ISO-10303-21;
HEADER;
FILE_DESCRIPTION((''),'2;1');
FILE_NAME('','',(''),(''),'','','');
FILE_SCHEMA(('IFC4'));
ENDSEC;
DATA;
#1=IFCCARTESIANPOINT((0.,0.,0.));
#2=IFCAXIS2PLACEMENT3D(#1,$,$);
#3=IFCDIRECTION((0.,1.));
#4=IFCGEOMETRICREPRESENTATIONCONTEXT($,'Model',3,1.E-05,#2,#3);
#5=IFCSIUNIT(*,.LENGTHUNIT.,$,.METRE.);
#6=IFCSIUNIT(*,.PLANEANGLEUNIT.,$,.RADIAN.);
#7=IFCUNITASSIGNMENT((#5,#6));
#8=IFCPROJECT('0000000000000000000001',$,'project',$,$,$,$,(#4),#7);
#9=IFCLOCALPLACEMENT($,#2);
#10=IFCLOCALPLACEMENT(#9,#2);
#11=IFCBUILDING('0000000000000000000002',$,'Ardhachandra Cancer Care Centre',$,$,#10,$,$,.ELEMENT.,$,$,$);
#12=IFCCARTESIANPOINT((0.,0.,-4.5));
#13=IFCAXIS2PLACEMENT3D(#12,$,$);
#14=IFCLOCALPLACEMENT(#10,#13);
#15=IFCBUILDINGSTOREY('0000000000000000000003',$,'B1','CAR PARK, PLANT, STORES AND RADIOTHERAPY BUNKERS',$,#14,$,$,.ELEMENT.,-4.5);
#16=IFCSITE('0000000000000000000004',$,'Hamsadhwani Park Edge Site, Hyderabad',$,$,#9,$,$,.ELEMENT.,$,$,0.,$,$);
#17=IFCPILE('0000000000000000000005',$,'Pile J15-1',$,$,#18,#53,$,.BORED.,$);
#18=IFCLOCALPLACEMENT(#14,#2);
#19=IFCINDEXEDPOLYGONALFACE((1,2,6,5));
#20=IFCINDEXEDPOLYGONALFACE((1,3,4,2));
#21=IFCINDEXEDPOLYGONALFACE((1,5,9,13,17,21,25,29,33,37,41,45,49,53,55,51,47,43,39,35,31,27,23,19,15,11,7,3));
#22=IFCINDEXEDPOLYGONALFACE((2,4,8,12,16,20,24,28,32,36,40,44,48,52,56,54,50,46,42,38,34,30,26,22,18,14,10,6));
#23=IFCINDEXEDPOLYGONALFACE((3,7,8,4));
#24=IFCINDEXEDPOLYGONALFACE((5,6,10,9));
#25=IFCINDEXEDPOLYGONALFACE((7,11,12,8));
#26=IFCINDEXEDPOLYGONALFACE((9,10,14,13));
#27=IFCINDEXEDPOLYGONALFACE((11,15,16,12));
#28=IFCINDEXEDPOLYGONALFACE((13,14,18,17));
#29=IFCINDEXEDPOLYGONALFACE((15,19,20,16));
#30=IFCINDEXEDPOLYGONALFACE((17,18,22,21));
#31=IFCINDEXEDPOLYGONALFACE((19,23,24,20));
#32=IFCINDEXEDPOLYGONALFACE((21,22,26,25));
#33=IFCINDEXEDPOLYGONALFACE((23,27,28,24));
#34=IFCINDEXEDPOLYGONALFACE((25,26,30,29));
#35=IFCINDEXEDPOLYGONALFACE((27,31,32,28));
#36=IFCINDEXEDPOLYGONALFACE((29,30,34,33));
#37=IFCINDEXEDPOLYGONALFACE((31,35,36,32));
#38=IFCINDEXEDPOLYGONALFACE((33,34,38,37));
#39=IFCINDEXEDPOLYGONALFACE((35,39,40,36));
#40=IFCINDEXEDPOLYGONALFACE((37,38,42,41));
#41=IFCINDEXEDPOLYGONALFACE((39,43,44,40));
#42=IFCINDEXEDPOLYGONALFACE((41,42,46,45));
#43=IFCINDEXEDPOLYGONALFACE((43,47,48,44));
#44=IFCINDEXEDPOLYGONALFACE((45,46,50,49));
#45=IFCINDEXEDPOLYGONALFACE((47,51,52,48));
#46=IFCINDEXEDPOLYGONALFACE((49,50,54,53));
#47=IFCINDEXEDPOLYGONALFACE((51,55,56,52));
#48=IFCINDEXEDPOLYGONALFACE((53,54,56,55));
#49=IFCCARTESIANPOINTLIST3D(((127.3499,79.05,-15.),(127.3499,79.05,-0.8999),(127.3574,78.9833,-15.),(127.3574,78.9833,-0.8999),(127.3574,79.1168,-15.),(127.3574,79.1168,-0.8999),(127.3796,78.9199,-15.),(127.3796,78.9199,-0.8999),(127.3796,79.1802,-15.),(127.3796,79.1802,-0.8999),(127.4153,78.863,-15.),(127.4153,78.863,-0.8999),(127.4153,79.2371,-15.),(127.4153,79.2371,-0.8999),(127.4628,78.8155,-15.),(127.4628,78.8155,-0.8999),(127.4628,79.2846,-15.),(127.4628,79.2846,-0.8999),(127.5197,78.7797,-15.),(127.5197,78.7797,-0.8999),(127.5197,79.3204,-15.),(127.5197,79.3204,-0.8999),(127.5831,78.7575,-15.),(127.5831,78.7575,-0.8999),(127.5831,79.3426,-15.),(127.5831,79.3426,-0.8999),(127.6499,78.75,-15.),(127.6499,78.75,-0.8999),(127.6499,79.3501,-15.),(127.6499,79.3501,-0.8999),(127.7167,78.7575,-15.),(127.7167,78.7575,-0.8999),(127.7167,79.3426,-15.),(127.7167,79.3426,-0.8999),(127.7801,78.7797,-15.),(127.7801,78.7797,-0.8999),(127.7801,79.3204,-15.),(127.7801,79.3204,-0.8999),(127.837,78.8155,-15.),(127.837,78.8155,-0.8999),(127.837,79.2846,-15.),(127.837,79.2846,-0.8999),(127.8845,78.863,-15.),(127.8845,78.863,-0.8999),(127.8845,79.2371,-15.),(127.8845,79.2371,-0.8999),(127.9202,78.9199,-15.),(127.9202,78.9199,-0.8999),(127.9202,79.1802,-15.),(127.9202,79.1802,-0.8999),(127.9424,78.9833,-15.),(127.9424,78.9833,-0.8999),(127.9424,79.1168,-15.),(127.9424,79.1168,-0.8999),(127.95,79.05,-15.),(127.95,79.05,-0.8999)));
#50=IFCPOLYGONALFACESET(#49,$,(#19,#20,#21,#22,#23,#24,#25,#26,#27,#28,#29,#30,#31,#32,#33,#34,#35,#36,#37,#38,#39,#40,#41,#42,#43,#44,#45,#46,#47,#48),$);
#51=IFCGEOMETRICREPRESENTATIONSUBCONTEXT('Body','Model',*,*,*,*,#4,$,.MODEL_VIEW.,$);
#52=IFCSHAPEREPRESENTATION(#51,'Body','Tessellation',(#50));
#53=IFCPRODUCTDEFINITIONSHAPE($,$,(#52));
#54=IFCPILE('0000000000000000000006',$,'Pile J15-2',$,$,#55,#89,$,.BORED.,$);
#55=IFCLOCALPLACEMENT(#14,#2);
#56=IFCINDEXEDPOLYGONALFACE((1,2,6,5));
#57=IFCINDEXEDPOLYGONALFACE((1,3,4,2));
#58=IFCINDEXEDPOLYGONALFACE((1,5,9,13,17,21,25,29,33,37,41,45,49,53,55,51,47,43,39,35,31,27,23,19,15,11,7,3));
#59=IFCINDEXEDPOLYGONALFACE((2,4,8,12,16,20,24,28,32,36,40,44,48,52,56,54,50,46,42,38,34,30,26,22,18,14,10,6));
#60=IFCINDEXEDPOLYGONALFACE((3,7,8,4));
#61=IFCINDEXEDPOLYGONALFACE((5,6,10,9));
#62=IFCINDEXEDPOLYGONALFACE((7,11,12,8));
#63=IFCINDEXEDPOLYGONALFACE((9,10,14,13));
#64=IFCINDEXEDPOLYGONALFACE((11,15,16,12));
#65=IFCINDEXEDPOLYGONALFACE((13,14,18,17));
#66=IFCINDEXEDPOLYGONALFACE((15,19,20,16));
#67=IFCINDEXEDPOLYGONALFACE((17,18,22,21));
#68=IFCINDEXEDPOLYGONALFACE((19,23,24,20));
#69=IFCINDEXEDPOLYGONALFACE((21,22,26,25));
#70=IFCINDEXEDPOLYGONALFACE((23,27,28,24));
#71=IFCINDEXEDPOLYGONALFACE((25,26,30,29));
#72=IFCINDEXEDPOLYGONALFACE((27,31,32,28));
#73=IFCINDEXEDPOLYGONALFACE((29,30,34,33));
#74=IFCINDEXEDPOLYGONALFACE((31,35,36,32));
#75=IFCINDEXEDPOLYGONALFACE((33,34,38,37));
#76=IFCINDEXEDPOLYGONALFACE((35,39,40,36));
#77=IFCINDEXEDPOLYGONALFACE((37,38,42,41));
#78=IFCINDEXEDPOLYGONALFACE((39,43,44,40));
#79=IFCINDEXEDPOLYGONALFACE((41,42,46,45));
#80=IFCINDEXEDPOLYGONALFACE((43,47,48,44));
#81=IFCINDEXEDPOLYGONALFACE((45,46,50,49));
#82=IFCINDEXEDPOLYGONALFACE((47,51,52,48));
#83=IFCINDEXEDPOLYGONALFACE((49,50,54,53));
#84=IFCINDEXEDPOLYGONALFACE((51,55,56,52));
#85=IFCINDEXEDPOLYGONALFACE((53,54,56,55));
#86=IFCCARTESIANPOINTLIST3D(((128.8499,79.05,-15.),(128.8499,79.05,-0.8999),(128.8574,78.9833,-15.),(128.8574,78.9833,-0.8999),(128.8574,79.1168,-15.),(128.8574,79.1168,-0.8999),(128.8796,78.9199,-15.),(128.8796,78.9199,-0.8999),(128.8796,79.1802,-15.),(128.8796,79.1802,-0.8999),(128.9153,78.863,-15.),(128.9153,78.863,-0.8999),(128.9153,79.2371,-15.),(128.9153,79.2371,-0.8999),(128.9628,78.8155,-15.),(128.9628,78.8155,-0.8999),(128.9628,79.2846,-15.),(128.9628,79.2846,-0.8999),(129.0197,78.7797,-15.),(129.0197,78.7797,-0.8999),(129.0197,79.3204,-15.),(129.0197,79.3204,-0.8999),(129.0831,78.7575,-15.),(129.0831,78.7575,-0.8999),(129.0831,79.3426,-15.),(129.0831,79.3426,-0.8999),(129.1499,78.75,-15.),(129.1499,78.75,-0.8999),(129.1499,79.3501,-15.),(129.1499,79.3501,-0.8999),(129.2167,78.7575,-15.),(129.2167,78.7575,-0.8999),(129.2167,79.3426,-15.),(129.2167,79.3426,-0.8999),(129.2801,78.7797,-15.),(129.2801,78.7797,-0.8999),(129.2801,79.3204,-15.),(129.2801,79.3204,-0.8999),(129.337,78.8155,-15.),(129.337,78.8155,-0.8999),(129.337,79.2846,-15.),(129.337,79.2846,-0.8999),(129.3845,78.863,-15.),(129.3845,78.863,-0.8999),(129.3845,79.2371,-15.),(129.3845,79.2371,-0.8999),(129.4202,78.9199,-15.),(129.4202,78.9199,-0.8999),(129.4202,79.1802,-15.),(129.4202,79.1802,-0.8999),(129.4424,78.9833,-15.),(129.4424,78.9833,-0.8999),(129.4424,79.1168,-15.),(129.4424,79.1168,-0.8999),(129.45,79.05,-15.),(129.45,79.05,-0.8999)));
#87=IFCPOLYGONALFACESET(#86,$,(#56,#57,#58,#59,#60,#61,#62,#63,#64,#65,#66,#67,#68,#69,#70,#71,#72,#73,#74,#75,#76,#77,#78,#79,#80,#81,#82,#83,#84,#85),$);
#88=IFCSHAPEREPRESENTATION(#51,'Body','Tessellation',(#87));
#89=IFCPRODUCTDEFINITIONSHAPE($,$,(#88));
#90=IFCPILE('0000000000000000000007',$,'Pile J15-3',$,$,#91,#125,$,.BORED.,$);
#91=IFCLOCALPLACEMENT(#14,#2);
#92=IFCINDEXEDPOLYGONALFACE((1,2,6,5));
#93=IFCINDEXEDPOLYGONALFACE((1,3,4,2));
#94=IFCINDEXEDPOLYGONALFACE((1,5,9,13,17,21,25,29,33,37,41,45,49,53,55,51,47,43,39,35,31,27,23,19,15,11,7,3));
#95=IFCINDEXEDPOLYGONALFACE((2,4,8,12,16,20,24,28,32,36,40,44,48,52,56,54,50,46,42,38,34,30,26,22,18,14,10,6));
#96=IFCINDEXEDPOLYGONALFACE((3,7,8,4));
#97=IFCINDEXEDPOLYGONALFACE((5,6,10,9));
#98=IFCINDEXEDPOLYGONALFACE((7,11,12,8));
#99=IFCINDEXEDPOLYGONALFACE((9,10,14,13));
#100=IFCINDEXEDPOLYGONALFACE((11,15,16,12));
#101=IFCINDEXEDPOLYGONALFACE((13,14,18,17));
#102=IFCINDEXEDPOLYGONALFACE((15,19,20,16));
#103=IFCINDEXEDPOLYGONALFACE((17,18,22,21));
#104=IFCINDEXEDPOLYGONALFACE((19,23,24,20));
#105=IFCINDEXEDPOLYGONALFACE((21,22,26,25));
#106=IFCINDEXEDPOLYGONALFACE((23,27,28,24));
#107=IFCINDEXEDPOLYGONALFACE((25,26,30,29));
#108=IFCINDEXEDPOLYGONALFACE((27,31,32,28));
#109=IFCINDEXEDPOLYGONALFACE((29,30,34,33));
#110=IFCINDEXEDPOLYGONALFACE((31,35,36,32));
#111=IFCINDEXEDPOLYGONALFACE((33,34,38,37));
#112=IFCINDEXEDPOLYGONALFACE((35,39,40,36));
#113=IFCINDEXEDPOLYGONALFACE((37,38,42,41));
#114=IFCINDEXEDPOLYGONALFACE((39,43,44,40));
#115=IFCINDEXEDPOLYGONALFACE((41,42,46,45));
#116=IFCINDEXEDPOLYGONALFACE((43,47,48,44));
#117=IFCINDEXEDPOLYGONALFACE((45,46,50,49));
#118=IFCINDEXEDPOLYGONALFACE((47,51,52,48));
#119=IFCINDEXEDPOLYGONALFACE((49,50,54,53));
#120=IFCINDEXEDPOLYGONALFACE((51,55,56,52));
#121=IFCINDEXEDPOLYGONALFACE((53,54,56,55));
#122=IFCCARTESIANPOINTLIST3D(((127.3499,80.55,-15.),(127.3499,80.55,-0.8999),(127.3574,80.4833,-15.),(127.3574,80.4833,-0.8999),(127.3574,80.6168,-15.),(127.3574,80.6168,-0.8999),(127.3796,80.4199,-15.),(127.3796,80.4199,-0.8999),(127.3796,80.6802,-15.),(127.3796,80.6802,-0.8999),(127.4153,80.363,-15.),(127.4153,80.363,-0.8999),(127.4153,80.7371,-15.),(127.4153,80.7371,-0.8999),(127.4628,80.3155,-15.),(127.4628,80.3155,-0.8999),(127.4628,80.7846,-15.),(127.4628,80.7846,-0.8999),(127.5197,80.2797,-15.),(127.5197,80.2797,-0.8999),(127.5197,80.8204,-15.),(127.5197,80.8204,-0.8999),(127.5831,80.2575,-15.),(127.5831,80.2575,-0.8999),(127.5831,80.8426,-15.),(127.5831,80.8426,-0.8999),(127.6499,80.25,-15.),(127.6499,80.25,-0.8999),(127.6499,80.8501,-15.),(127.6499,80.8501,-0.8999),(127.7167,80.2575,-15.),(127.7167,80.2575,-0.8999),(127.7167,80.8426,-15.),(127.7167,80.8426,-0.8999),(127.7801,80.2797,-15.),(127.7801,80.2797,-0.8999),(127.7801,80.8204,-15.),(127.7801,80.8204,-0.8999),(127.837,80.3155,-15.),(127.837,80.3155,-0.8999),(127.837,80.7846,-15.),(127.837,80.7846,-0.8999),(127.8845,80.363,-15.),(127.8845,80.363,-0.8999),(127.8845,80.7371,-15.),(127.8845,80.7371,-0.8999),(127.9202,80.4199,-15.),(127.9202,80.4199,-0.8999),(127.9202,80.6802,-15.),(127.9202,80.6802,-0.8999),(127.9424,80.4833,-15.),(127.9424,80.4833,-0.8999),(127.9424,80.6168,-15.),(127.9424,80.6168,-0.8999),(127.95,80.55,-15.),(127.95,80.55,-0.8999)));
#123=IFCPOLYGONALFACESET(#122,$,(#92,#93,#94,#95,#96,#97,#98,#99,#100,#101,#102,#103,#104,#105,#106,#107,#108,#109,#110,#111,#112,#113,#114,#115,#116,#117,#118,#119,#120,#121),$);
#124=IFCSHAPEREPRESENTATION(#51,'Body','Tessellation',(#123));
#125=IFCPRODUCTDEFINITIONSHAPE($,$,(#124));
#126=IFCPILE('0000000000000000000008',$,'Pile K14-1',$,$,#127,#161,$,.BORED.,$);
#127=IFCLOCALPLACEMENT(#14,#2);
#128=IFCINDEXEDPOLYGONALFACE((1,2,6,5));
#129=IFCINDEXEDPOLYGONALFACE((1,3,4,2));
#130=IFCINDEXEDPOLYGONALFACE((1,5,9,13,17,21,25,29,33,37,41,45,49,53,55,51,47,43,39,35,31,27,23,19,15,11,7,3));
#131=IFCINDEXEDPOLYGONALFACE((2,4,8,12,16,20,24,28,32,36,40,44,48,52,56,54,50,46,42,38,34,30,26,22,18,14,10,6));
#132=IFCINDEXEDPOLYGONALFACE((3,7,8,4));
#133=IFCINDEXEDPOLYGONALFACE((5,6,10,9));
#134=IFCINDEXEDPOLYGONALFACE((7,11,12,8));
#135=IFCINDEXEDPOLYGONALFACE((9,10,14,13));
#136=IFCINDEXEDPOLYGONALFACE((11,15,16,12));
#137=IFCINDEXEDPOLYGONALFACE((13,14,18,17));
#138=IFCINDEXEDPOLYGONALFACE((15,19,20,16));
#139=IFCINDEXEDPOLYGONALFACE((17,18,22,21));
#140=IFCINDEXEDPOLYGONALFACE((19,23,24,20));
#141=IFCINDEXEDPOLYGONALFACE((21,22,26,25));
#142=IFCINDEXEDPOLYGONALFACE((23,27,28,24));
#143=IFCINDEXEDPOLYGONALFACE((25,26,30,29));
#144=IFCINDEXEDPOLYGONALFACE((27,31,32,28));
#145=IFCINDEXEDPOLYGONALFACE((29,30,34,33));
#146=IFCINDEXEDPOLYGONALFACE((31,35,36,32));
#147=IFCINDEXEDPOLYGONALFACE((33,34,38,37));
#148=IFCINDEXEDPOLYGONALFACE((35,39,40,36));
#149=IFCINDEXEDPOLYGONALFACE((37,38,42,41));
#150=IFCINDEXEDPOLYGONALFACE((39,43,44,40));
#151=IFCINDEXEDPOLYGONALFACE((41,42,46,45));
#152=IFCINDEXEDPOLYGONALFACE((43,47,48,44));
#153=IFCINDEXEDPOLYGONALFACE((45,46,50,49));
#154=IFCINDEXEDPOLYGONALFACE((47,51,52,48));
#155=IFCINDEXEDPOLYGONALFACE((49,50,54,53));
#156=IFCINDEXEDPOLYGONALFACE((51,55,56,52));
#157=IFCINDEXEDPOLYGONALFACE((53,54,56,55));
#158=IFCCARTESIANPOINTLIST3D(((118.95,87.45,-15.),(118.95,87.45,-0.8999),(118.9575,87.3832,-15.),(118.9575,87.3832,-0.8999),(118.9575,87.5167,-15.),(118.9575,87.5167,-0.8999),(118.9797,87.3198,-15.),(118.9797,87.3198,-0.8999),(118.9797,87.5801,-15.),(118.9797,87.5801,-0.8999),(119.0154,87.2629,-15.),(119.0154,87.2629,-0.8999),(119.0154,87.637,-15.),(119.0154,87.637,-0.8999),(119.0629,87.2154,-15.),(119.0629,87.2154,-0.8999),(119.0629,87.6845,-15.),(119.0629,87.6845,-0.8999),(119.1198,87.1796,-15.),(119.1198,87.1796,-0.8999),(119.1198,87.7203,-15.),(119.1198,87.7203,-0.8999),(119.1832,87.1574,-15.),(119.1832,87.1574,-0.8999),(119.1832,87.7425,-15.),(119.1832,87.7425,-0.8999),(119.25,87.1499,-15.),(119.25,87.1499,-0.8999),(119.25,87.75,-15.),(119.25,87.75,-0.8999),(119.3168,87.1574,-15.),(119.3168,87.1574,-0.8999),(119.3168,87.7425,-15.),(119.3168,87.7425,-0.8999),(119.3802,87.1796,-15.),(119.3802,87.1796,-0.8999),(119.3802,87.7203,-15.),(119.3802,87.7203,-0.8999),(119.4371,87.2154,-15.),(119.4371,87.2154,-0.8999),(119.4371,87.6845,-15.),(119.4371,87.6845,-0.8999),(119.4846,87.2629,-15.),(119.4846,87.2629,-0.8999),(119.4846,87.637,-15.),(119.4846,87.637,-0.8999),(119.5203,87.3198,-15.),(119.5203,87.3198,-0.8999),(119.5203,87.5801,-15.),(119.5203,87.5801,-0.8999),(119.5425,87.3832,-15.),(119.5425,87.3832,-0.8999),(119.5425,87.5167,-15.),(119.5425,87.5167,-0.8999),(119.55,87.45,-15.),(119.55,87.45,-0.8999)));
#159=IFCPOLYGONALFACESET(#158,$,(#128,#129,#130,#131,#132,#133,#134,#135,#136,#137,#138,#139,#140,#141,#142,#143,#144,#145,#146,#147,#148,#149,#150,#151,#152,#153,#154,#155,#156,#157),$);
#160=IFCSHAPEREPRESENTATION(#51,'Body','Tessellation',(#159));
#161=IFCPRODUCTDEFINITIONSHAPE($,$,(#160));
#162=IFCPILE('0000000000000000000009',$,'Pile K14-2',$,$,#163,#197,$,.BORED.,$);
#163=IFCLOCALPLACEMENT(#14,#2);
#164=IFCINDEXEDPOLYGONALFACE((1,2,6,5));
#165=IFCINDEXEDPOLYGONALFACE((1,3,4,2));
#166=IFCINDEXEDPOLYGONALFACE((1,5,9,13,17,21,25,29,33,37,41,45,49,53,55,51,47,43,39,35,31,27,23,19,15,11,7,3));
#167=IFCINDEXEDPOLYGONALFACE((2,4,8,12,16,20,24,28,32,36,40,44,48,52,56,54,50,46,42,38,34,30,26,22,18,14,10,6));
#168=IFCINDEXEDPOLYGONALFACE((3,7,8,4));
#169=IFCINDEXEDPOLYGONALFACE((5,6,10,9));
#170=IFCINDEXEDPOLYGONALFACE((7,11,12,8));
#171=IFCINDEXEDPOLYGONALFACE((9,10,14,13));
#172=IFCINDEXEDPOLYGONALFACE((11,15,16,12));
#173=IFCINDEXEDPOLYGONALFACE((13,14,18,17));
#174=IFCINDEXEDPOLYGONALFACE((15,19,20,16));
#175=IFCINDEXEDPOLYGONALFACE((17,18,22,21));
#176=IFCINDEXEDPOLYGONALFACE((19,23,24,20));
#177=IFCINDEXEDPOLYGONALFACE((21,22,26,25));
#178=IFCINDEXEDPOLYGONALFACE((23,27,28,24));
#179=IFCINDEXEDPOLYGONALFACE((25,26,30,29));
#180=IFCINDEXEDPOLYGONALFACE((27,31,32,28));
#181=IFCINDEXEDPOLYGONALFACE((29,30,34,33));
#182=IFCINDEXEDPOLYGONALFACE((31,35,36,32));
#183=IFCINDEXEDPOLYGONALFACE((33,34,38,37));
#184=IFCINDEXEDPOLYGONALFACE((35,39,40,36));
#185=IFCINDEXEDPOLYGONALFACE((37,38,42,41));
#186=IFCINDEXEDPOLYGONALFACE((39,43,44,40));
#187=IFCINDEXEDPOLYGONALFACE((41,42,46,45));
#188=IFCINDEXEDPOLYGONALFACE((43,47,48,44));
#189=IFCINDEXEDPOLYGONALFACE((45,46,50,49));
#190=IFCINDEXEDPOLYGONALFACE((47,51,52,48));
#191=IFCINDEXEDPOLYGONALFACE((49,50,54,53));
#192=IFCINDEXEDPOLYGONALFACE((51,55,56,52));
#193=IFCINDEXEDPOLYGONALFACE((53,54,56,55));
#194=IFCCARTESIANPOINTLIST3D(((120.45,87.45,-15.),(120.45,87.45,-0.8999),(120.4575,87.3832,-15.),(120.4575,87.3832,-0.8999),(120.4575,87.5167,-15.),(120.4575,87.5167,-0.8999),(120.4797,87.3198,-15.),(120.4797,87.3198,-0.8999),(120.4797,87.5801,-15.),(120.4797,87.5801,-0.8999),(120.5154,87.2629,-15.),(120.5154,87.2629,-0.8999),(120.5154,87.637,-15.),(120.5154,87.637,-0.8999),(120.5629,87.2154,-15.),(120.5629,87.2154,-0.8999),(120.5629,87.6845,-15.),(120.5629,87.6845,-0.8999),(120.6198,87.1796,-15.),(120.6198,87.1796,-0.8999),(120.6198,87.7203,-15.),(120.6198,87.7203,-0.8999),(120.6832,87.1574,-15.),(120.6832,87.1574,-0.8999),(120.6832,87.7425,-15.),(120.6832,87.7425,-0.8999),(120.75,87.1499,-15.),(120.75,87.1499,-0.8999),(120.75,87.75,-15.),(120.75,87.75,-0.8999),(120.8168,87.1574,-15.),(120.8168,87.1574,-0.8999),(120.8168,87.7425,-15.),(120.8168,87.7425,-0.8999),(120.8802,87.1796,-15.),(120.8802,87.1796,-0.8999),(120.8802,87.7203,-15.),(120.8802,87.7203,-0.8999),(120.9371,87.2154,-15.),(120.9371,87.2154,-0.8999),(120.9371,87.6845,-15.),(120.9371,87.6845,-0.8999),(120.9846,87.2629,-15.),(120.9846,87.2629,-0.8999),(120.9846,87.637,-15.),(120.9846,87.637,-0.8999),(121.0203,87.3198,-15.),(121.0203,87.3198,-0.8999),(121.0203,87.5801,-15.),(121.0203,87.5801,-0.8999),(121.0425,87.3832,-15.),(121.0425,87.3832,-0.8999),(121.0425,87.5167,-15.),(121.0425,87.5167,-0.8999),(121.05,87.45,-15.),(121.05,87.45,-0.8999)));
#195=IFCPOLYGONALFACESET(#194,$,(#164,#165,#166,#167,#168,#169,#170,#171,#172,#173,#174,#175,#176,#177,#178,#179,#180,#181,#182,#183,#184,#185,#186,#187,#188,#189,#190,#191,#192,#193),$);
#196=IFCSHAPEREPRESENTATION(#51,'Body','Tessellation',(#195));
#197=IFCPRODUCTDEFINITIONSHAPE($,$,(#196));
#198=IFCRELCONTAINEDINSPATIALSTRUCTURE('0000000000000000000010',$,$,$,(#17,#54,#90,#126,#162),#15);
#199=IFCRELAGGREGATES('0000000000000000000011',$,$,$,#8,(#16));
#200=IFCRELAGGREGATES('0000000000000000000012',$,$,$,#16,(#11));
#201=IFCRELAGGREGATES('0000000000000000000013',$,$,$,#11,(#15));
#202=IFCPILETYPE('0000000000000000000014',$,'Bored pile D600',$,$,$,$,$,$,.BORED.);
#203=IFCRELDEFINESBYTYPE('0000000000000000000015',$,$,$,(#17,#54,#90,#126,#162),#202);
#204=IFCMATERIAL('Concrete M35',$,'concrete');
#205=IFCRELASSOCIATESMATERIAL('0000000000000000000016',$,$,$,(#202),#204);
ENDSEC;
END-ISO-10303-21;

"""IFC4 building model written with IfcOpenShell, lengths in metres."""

from ifc_helpers import new_model, si_unit, direction, frame, origin, origin_2d, place, context, subcontext, project, spatial, circle, extrude, material, material_profile, profile_set, type_object, element, save


model = new_model("IFC4")

# Units and contexts
model_context = context("Model", 3, precision=1e-05, world=origin(), true_north=direction((0.0, 1.0)))
body_context = subcontext(model_context, "Body", "Model", "MODEL_VIEW")
ifc_project = project(units=[si_unit("LENGTHUNIT", "METRE"), si_unit("PLANEANGLEUNIT", "RADIAN")], contexts=[model_context])

# Site, building, storey
site_placement = place(None, origin())
site = spatial("IfcSite", under=ifc_project, at=site_placement, Name="Hamsadhwani Park Edge Site, Hyderabad", CompositionType="ELEMENT", RefElevation=0.0)
building_placement = place(site_placement, origin())
building = spatial("IfcBuilding", under=site, at=building_placement, Name="Ardhachandra Cancer Care Centre", CompositionType="ELEMENT")
storey_placement = place(building_placement, frame((0.0, 0.0, -4.5)))
storey = spatial("IfcBuildingStorey", under=building, at=storey_placement, Name="B1", Description="CAR PARK, PLANT, STORES AND RADIOTHERAPY BUNKERS", CompositionType="ELEMENT", Elevation=-4.5)

# Piles
ifc_material_1 = material(Name="Concrete M35", Category="concrete")
ifc_material_profile_1 = material_profile(ifc_material_1, circle(Radius=0.3, at=origin_2d()), Name="D600")
ifc_profile_set_1 = profile_set([ifc_material_profile_1], Name="Concrete M35")
pile_type = type_object("IfcPileType", Name="Bored pile D600", PredefinedType="BORED", material=ifc_profile_set_1)
for number, where, z_axis, x_axis, name in (
    (1, (127.6499, 79.05, -0.8999), (0.0, 0.0, -1.0), (1.0, 0.0, 0.0), "Pile J15-1"),
    (2, (129.1499, 79.05, -0.8999), (0.0, 0.0, -1.0), (1.0, 0.0, 0.0), "Pile J15-2"),
    (3, (127.6499, 80.55, -0.8999), (0.0, 0.0, -1.0), (1.0, 0.0, 0.0), "Pile J15-3"),
    (4, (119.25, 87.45, -0.8999), (0.0, 0.0, -1.0), (1.0, 0.0, 0.0), "Pile K14-1"),
    (5, (120.75, 87.45, -0.8999), (0.0, 0.0, -1.0), (1.0, 0.0, 0.0), "Pile K14-2"),
):
    element("IfcPile", number, at=place(storey_placement, frame(where, z_axis=z_axis, x_axis=x_axis)), inside=storey, type_object=pile_type, Name=name, PredefinedType="BORED", context=body_context, shape_type="SweptSolid", body=[
        extrude(circle(Radius=0.3, at=origin_2d()), origin(), (0.0, 0.0, 1.0), 14.1001),
    ])

save(model, "model.ifc")
